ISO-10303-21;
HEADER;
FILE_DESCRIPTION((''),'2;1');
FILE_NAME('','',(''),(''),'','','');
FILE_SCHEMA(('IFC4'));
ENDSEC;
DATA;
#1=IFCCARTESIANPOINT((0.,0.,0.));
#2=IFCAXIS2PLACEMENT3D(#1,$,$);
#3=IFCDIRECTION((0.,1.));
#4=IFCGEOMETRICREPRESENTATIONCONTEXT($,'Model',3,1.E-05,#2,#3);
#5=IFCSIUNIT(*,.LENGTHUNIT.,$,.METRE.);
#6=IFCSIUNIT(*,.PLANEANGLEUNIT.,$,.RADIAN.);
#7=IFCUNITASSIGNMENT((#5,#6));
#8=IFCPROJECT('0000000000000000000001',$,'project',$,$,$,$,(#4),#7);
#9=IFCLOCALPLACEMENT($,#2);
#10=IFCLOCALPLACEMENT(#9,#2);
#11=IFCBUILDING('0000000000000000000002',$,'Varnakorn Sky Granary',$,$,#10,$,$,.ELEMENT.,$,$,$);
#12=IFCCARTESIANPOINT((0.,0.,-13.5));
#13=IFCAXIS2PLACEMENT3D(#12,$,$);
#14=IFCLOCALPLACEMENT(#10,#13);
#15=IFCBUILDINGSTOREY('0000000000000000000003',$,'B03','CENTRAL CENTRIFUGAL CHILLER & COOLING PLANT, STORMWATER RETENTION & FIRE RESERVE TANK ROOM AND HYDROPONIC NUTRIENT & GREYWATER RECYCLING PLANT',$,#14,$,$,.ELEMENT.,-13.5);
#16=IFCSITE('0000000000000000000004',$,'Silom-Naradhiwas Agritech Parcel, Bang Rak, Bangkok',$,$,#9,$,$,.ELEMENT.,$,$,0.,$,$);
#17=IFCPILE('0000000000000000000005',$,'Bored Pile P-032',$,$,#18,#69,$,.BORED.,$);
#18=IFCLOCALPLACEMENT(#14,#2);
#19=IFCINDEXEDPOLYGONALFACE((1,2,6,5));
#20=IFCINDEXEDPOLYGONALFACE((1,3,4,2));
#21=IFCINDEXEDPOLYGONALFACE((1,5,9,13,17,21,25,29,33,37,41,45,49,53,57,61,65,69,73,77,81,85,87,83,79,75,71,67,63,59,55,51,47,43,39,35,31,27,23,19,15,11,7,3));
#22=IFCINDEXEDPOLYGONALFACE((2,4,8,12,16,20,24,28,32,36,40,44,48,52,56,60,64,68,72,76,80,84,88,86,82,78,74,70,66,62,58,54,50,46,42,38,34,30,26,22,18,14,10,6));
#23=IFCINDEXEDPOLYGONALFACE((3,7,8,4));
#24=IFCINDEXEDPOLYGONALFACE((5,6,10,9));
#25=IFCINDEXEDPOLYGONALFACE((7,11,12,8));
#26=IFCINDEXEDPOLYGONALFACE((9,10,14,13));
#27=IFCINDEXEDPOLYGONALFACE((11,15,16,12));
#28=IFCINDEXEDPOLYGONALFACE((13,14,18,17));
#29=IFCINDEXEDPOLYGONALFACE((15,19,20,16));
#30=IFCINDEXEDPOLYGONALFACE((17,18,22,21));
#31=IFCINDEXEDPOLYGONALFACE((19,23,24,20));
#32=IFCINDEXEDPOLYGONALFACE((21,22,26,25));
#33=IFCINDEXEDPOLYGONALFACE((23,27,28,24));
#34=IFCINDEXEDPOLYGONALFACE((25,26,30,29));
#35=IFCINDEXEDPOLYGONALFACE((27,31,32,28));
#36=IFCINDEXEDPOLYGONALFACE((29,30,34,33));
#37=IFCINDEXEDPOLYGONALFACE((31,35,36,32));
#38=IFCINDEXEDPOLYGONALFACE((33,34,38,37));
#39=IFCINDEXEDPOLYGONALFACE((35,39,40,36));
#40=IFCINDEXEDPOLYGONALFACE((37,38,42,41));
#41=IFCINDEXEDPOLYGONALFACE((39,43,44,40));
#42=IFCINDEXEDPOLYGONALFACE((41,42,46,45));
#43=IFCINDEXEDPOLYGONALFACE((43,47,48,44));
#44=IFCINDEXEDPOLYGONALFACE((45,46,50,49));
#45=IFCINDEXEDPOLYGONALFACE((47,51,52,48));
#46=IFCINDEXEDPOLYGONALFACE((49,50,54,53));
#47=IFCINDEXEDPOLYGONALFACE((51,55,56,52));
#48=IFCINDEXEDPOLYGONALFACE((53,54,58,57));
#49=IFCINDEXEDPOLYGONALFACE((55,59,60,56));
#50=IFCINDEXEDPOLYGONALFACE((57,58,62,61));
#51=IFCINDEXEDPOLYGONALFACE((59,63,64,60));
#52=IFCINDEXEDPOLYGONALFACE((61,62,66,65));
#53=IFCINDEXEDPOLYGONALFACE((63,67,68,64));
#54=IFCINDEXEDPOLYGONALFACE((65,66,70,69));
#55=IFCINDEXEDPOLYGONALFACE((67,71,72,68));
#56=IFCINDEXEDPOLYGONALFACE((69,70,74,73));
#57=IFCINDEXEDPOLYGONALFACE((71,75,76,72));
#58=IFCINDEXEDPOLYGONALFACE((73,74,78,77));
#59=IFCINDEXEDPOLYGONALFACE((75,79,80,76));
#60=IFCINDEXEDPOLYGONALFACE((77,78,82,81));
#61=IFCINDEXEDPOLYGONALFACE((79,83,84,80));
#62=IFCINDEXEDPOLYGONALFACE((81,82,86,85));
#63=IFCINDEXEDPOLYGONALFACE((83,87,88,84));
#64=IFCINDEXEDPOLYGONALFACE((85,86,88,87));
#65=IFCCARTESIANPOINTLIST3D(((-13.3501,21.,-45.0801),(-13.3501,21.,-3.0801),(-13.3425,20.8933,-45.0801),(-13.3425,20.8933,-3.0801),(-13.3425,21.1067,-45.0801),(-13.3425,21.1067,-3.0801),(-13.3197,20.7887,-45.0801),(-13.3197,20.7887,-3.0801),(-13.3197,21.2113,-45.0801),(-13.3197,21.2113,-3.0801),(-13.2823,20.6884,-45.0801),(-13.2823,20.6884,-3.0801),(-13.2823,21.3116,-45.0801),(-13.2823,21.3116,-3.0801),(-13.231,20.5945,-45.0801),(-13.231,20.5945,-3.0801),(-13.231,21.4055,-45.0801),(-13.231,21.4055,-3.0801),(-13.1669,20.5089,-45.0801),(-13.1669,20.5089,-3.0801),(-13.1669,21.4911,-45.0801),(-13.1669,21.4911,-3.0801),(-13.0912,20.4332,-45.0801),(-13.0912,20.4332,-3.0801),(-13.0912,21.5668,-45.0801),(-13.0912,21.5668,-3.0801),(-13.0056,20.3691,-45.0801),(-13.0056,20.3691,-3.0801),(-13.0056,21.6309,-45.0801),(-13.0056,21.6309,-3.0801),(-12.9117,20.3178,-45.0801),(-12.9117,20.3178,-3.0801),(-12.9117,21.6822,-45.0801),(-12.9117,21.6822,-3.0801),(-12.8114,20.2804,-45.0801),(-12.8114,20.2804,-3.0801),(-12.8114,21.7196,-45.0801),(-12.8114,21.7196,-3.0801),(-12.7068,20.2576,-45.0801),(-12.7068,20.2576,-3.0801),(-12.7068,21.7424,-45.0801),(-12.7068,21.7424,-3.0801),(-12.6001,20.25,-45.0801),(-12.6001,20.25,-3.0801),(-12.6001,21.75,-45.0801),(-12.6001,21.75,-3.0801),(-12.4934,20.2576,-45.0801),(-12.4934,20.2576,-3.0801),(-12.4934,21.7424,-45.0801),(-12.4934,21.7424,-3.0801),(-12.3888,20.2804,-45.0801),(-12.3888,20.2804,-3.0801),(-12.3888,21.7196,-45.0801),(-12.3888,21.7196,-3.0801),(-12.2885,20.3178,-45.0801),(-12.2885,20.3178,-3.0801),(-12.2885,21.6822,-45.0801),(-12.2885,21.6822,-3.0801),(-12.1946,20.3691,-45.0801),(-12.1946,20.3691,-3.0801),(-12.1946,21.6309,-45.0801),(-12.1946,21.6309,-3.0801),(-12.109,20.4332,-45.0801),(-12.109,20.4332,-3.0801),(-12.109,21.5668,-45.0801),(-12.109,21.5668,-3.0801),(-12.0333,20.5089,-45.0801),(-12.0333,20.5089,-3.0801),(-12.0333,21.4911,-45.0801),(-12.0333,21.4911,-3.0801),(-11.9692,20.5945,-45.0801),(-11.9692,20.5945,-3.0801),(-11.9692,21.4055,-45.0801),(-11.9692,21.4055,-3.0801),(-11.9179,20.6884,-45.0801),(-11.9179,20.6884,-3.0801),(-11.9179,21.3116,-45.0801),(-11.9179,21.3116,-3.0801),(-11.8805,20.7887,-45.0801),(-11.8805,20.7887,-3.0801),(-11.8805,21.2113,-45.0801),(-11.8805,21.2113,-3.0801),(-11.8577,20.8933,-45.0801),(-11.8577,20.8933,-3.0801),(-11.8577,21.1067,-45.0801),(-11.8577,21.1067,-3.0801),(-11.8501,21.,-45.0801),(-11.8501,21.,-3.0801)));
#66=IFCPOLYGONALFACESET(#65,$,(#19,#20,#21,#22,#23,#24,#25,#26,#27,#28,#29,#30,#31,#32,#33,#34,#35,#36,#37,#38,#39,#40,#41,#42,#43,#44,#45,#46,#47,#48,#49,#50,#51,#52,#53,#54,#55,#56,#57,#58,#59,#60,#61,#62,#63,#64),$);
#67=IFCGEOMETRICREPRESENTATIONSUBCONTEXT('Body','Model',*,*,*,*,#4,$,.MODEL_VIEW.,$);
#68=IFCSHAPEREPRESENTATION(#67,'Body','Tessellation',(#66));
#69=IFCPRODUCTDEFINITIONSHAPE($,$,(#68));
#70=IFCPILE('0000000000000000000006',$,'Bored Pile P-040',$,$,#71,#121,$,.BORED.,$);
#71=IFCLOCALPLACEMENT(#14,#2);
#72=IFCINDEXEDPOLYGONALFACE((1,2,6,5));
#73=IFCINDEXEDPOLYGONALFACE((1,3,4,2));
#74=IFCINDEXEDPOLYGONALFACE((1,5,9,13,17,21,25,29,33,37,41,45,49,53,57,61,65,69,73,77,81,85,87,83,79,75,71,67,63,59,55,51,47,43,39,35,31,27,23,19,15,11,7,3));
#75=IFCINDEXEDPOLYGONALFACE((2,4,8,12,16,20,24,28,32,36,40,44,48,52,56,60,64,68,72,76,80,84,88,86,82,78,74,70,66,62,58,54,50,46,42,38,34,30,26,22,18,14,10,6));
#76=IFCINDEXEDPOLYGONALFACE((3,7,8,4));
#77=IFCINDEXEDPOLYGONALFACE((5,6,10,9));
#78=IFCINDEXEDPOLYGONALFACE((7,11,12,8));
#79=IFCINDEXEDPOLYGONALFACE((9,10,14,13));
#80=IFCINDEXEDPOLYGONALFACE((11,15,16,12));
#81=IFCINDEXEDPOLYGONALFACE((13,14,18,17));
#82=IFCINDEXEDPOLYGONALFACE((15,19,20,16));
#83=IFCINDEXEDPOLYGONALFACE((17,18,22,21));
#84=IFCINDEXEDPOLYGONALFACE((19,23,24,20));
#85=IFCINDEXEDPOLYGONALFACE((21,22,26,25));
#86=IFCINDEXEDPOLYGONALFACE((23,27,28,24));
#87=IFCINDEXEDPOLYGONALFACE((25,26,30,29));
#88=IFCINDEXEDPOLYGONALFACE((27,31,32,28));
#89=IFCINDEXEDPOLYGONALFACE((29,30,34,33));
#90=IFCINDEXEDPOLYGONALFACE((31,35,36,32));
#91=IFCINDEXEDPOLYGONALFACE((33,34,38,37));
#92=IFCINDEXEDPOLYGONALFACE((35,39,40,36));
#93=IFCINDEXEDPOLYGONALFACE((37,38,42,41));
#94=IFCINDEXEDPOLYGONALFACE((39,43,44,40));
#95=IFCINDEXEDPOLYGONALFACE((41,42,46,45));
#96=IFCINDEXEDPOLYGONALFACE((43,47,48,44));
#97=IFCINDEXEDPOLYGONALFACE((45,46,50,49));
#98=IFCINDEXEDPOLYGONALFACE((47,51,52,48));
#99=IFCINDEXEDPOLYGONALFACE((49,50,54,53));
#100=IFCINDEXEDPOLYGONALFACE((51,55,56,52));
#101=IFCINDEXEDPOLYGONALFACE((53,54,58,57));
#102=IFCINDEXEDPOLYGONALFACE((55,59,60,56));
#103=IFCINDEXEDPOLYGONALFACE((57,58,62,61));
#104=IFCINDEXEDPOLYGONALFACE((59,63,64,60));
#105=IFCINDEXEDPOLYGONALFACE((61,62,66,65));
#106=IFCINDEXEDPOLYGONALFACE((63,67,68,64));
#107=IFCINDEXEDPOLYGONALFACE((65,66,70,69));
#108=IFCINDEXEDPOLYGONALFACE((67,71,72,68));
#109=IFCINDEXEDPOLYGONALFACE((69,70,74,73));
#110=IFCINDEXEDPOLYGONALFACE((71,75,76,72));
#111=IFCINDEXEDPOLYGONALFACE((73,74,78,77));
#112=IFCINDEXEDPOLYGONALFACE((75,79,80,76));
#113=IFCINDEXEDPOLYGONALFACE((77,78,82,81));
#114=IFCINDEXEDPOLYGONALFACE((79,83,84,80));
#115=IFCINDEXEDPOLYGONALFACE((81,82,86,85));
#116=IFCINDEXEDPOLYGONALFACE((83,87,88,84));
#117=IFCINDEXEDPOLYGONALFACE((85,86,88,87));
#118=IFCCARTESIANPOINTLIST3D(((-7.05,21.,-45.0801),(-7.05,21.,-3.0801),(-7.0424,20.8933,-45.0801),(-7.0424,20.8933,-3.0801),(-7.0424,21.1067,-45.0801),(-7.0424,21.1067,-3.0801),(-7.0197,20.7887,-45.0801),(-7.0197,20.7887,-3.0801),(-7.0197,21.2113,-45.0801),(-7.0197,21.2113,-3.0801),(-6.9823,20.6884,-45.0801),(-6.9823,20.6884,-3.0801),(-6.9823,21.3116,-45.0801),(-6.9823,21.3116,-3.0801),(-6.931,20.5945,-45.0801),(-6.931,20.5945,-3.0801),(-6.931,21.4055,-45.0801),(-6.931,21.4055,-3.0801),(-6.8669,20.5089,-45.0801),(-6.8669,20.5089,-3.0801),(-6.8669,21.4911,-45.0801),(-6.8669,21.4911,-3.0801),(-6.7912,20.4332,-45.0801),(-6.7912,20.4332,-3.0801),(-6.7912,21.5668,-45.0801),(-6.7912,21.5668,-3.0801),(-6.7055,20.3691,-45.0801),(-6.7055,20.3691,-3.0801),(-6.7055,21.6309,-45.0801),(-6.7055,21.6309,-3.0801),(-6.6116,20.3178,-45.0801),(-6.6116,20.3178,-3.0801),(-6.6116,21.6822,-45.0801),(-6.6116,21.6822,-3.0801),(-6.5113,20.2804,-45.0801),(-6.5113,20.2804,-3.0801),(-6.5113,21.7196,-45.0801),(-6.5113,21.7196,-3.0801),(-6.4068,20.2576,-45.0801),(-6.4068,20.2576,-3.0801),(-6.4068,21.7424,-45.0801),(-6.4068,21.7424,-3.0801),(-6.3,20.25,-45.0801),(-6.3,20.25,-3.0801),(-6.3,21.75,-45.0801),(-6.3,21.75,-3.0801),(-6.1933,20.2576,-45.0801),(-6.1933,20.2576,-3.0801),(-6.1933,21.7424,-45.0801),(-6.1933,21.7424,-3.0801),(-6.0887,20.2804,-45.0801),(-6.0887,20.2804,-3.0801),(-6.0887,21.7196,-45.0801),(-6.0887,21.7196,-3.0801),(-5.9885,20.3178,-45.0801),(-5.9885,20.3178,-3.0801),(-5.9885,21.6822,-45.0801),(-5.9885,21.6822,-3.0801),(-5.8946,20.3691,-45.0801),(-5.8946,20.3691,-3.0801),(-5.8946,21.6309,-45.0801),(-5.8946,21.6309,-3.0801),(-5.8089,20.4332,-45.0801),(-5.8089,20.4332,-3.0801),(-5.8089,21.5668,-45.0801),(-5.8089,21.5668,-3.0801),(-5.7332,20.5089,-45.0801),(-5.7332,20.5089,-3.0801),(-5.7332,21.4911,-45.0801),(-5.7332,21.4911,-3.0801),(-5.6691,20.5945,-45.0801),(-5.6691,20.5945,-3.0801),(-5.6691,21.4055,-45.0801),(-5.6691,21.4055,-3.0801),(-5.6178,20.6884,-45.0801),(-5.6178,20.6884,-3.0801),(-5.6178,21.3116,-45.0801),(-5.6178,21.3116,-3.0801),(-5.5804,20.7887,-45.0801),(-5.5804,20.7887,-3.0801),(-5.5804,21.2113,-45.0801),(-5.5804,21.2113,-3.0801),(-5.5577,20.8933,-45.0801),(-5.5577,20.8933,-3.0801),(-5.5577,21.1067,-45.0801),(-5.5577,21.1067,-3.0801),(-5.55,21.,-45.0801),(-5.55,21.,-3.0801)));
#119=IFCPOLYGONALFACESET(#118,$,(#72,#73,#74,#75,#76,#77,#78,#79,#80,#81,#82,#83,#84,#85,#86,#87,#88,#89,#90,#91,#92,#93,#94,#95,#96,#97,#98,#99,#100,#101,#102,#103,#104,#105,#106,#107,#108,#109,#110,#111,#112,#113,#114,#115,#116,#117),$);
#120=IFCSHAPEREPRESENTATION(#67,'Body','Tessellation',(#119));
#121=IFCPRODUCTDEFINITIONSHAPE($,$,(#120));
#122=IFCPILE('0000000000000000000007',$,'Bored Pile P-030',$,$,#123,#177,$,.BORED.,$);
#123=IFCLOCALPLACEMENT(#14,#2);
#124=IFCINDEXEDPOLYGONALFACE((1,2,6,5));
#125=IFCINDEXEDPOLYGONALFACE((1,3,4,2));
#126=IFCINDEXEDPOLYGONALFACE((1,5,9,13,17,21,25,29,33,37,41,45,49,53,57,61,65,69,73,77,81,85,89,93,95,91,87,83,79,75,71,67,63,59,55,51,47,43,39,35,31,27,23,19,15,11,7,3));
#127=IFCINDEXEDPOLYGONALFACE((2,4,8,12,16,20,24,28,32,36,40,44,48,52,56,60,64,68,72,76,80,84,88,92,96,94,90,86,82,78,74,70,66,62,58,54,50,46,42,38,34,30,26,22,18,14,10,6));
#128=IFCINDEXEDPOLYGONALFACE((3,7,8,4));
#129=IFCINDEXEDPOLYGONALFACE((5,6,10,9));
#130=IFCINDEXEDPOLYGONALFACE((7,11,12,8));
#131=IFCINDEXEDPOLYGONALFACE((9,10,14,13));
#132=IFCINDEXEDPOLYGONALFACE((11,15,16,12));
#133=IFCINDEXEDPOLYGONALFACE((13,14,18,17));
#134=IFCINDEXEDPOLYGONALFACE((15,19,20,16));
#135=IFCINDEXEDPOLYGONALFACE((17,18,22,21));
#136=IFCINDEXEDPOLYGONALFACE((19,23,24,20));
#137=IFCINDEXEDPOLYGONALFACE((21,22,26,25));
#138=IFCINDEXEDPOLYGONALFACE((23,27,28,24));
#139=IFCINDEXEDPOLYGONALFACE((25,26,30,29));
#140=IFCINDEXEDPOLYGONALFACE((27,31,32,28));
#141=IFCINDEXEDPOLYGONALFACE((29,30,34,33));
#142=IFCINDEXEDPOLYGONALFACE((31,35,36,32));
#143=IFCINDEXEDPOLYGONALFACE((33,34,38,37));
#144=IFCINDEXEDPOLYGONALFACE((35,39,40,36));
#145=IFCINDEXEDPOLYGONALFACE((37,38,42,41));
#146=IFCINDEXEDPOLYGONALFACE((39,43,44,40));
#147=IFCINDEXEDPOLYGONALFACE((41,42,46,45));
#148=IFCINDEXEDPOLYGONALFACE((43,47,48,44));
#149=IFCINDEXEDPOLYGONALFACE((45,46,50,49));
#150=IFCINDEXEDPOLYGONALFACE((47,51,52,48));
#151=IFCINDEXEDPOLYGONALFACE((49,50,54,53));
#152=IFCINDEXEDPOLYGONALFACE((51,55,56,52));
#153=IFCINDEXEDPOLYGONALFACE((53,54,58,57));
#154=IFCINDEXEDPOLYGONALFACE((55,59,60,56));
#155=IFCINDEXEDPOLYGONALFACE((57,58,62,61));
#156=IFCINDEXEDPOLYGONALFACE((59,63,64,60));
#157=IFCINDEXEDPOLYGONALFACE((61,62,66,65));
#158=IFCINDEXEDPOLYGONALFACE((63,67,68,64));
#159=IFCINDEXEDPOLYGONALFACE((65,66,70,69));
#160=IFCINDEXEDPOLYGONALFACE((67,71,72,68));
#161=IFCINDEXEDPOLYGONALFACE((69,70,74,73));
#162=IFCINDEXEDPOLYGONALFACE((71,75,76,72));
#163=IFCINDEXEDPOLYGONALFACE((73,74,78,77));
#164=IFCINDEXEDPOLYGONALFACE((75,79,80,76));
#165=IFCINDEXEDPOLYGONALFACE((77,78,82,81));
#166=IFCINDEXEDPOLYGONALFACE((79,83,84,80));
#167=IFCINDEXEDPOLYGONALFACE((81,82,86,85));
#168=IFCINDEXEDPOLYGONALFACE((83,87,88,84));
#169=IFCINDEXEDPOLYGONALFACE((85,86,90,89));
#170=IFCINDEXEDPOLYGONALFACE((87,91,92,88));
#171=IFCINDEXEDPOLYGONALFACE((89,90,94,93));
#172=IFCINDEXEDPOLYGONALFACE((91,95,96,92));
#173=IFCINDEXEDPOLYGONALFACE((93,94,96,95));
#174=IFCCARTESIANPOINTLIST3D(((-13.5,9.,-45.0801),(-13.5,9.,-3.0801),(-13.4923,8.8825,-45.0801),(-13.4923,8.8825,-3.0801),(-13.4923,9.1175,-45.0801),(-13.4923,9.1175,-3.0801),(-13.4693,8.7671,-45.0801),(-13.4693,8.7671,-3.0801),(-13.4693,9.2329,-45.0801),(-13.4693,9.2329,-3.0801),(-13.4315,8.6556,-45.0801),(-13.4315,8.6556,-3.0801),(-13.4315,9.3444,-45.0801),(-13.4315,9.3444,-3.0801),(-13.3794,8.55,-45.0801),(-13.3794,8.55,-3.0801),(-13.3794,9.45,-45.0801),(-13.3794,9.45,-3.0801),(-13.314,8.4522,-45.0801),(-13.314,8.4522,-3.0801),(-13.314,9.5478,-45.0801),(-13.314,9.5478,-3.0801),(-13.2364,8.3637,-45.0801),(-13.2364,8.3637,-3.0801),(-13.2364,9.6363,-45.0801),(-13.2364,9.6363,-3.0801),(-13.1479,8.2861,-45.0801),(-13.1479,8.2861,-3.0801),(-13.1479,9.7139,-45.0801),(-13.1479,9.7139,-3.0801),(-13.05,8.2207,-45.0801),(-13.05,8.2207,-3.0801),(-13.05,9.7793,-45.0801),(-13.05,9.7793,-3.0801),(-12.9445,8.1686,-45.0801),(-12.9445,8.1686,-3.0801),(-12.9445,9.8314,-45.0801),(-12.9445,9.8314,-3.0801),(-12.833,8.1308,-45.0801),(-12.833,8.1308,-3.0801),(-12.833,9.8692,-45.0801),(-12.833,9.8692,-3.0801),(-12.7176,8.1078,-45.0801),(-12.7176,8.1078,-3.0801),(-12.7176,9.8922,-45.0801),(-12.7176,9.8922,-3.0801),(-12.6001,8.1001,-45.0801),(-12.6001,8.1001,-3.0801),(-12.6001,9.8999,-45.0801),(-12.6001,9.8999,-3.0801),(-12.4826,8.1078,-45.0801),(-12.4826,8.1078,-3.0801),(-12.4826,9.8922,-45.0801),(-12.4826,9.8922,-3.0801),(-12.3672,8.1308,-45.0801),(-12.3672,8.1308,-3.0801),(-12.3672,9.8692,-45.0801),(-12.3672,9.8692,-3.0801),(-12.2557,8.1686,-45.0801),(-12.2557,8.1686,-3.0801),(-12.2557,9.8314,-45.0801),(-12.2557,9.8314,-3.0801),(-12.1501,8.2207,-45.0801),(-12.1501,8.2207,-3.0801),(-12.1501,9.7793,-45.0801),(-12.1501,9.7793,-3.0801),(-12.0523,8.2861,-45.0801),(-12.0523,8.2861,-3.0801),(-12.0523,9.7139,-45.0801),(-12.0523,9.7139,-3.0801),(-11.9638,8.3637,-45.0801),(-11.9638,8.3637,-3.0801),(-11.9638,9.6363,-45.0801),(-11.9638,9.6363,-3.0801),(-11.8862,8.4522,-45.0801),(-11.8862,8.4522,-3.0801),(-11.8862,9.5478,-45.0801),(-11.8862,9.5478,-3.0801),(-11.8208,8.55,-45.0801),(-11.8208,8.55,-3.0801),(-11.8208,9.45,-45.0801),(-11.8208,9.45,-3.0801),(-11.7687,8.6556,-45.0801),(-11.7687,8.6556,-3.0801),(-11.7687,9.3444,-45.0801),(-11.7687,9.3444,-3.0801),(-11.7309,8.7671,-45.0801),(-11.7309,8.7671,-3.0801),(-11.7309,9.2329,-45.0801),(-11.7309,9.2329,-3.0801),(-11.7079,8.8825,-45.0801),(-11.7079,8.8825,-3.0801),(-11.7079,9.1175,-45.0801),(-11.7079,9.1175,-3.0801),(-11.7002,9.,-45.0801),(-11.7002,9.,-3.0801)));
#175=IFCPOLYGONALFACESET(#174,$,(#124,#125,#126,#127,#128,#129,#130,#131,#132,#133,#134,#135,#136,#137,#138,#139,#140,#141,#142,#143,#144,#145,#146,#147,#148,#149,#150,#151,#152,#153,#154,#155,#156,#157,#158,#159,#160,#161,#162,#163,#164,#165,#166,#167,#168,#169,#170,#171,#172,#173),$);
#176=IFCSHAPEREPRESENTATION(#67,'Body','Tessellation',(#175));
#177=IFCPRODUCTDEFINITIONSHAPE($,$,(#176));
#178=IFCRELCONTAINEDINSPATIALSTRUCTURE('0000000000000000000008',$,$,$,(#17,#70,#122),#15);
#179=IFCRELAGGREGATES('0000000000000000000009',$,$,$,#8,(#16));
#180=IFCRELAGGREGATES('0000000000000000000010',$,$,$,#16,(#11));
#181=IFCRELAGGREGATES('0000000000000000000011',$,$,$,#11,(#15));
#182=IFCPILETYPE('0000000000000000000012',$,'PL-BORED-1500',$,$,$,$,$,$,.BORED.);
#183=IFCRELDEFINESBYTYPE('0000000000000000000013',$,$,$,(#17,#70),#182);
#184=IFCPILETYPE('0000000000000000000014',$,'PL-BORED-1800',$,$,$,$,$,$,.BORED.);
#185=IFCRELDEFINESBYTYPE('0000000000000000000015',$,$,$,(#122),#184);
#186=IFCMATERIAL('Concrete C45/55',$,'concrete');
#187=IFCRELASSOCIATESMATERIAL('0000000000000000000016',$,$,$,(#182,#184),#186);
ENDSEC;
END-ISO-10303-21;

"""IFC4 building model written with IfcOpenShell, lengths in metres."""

from ifc_helpers import new_model, si_unit, direction, frame, origin, origin_2d, place, context, subcontext, project, spatial, circle, extrude, material, material_profile, profile_set, type_object, element, save


model = new_model("IFC4")

# Units and contexts
model_context = context("Model", 3, precision=1e-05, world=origin(), true_north=direction((0.0, 1.0)))
body_context = subcontext(model_context, "Body", "Model", "MODEL_VIEW")
ifc_project = project(units=[si_unit("LENGTHUNIT", "METRE"), si_unit("PLANEANGLEUNIT", "RADIAN")], contexts=[model_context])

# Site, building, storey
site_placement = place(None, origin())
site = spatial("IfcSite", under=ifc_project, at=site_placement, Name="Silom-Naradhiwas Agritech Parcel, Bang Rak, Bangkok", CompositionType="ELEMENT", RefElevation=0.0)
building_placement = place(site_placement, origin())
building = spatial("IfcBuilding", under=site, at=building_placement, Name="Varnakorn Sky Granary", CompositionType="ELEMENT")
storey_placement = place(building_placement, frame((0.0, 0.0, -13.5)))
storey = spatial("IfcBuildingStorey", under=building, at=storey_placement, Name="B03", Description="CENTRAL CENTRIFUGAL CHILLER & COOLING PLANT, STORMWATER RETENTION & FIRE RESERVE TANK ROOM AND HYDROPONIC NUTRIENT & GREYWATER RECYCLING PLANT", CompositionType="ELEMENT", Elevation=-13.5)

# Piles
ifc_material_1 = material(Name="Concrete C45/55", Category="concrete")
ifc_material_profile_1 = material_profile(ifc_material_1, circle(Radius=0.75, at=origin_2d()), Name="PILE D1500")
ifc_profile_set_1 = profile_set([ifc_material_profile_1], Name="Concrete C45/55")
pile_type_1 = type_object("IfcPileType", Name="PL-BORED-1500", PredefinedType="BORED", material=ifc_profile_set_1)
for number, where, z_axis, x_axis, name in (
    (1, (-12.6001, 21.0, -3.0801), (0.0, 0.0, -1.0), (1.0, 0.0, 0.0), "Bored Pile P-032"),
    (2, (-6.3, 21.0, -3.0801), (0.0, 0.0, -1.0), (1.0, 0.0, 0.0), "Bored Pile P-040"),
):
    element("IfcPile", number, at=place(storey_placement, frame(where, z_axis=z_axis, x_axis=x_axis)), inside=storey, type_object=pile_type_1, Name=name, PredefinedType="BORED", context=body_context, shape_type="SweptSolid", body=[
        extrude(circle(Radius=0.75, at=origin_2d()), origin(), (0.0, 0.0, 1.0), 42.0),
    ])
ifc_material_profile_2 = material_profile(ifc_material_1, circle(Radius=0.8999, at=origin_2d()), Name="PILE D1800")
ifc_profile_set_2 = profile_set([ifc_material_profile_2], Name="Concrete C45/55")
pile_type_2 = type_object("IfcPileType", Name="PL-BORED-1800", PredefinedType="BORED", material=ifc_profile_set_2)
for number, where, z_axis, x_axis, name in (
    (3, (-12.6001, 9.0, -3.0801), (0.0, 0.0, -1.0), (1.0, 0.0, 0.0), "Bored Pile P-030"),
):
    element("IfcPile", number, at=place(storey_placement, frame(where, z_axis=z_axis, x_axis=x_axis)), inside=storey, type_object=pile_type_2, Name=name, PredefinedType="BORED", context=body_context, shape_type="SweptSolid", body=[
        extrude(circle(Radius=0.8999, at=origin_2d()), origin(), (0.0, 0.0, 1.0), 42.0),
    ])

save(model, "model.ifc")
